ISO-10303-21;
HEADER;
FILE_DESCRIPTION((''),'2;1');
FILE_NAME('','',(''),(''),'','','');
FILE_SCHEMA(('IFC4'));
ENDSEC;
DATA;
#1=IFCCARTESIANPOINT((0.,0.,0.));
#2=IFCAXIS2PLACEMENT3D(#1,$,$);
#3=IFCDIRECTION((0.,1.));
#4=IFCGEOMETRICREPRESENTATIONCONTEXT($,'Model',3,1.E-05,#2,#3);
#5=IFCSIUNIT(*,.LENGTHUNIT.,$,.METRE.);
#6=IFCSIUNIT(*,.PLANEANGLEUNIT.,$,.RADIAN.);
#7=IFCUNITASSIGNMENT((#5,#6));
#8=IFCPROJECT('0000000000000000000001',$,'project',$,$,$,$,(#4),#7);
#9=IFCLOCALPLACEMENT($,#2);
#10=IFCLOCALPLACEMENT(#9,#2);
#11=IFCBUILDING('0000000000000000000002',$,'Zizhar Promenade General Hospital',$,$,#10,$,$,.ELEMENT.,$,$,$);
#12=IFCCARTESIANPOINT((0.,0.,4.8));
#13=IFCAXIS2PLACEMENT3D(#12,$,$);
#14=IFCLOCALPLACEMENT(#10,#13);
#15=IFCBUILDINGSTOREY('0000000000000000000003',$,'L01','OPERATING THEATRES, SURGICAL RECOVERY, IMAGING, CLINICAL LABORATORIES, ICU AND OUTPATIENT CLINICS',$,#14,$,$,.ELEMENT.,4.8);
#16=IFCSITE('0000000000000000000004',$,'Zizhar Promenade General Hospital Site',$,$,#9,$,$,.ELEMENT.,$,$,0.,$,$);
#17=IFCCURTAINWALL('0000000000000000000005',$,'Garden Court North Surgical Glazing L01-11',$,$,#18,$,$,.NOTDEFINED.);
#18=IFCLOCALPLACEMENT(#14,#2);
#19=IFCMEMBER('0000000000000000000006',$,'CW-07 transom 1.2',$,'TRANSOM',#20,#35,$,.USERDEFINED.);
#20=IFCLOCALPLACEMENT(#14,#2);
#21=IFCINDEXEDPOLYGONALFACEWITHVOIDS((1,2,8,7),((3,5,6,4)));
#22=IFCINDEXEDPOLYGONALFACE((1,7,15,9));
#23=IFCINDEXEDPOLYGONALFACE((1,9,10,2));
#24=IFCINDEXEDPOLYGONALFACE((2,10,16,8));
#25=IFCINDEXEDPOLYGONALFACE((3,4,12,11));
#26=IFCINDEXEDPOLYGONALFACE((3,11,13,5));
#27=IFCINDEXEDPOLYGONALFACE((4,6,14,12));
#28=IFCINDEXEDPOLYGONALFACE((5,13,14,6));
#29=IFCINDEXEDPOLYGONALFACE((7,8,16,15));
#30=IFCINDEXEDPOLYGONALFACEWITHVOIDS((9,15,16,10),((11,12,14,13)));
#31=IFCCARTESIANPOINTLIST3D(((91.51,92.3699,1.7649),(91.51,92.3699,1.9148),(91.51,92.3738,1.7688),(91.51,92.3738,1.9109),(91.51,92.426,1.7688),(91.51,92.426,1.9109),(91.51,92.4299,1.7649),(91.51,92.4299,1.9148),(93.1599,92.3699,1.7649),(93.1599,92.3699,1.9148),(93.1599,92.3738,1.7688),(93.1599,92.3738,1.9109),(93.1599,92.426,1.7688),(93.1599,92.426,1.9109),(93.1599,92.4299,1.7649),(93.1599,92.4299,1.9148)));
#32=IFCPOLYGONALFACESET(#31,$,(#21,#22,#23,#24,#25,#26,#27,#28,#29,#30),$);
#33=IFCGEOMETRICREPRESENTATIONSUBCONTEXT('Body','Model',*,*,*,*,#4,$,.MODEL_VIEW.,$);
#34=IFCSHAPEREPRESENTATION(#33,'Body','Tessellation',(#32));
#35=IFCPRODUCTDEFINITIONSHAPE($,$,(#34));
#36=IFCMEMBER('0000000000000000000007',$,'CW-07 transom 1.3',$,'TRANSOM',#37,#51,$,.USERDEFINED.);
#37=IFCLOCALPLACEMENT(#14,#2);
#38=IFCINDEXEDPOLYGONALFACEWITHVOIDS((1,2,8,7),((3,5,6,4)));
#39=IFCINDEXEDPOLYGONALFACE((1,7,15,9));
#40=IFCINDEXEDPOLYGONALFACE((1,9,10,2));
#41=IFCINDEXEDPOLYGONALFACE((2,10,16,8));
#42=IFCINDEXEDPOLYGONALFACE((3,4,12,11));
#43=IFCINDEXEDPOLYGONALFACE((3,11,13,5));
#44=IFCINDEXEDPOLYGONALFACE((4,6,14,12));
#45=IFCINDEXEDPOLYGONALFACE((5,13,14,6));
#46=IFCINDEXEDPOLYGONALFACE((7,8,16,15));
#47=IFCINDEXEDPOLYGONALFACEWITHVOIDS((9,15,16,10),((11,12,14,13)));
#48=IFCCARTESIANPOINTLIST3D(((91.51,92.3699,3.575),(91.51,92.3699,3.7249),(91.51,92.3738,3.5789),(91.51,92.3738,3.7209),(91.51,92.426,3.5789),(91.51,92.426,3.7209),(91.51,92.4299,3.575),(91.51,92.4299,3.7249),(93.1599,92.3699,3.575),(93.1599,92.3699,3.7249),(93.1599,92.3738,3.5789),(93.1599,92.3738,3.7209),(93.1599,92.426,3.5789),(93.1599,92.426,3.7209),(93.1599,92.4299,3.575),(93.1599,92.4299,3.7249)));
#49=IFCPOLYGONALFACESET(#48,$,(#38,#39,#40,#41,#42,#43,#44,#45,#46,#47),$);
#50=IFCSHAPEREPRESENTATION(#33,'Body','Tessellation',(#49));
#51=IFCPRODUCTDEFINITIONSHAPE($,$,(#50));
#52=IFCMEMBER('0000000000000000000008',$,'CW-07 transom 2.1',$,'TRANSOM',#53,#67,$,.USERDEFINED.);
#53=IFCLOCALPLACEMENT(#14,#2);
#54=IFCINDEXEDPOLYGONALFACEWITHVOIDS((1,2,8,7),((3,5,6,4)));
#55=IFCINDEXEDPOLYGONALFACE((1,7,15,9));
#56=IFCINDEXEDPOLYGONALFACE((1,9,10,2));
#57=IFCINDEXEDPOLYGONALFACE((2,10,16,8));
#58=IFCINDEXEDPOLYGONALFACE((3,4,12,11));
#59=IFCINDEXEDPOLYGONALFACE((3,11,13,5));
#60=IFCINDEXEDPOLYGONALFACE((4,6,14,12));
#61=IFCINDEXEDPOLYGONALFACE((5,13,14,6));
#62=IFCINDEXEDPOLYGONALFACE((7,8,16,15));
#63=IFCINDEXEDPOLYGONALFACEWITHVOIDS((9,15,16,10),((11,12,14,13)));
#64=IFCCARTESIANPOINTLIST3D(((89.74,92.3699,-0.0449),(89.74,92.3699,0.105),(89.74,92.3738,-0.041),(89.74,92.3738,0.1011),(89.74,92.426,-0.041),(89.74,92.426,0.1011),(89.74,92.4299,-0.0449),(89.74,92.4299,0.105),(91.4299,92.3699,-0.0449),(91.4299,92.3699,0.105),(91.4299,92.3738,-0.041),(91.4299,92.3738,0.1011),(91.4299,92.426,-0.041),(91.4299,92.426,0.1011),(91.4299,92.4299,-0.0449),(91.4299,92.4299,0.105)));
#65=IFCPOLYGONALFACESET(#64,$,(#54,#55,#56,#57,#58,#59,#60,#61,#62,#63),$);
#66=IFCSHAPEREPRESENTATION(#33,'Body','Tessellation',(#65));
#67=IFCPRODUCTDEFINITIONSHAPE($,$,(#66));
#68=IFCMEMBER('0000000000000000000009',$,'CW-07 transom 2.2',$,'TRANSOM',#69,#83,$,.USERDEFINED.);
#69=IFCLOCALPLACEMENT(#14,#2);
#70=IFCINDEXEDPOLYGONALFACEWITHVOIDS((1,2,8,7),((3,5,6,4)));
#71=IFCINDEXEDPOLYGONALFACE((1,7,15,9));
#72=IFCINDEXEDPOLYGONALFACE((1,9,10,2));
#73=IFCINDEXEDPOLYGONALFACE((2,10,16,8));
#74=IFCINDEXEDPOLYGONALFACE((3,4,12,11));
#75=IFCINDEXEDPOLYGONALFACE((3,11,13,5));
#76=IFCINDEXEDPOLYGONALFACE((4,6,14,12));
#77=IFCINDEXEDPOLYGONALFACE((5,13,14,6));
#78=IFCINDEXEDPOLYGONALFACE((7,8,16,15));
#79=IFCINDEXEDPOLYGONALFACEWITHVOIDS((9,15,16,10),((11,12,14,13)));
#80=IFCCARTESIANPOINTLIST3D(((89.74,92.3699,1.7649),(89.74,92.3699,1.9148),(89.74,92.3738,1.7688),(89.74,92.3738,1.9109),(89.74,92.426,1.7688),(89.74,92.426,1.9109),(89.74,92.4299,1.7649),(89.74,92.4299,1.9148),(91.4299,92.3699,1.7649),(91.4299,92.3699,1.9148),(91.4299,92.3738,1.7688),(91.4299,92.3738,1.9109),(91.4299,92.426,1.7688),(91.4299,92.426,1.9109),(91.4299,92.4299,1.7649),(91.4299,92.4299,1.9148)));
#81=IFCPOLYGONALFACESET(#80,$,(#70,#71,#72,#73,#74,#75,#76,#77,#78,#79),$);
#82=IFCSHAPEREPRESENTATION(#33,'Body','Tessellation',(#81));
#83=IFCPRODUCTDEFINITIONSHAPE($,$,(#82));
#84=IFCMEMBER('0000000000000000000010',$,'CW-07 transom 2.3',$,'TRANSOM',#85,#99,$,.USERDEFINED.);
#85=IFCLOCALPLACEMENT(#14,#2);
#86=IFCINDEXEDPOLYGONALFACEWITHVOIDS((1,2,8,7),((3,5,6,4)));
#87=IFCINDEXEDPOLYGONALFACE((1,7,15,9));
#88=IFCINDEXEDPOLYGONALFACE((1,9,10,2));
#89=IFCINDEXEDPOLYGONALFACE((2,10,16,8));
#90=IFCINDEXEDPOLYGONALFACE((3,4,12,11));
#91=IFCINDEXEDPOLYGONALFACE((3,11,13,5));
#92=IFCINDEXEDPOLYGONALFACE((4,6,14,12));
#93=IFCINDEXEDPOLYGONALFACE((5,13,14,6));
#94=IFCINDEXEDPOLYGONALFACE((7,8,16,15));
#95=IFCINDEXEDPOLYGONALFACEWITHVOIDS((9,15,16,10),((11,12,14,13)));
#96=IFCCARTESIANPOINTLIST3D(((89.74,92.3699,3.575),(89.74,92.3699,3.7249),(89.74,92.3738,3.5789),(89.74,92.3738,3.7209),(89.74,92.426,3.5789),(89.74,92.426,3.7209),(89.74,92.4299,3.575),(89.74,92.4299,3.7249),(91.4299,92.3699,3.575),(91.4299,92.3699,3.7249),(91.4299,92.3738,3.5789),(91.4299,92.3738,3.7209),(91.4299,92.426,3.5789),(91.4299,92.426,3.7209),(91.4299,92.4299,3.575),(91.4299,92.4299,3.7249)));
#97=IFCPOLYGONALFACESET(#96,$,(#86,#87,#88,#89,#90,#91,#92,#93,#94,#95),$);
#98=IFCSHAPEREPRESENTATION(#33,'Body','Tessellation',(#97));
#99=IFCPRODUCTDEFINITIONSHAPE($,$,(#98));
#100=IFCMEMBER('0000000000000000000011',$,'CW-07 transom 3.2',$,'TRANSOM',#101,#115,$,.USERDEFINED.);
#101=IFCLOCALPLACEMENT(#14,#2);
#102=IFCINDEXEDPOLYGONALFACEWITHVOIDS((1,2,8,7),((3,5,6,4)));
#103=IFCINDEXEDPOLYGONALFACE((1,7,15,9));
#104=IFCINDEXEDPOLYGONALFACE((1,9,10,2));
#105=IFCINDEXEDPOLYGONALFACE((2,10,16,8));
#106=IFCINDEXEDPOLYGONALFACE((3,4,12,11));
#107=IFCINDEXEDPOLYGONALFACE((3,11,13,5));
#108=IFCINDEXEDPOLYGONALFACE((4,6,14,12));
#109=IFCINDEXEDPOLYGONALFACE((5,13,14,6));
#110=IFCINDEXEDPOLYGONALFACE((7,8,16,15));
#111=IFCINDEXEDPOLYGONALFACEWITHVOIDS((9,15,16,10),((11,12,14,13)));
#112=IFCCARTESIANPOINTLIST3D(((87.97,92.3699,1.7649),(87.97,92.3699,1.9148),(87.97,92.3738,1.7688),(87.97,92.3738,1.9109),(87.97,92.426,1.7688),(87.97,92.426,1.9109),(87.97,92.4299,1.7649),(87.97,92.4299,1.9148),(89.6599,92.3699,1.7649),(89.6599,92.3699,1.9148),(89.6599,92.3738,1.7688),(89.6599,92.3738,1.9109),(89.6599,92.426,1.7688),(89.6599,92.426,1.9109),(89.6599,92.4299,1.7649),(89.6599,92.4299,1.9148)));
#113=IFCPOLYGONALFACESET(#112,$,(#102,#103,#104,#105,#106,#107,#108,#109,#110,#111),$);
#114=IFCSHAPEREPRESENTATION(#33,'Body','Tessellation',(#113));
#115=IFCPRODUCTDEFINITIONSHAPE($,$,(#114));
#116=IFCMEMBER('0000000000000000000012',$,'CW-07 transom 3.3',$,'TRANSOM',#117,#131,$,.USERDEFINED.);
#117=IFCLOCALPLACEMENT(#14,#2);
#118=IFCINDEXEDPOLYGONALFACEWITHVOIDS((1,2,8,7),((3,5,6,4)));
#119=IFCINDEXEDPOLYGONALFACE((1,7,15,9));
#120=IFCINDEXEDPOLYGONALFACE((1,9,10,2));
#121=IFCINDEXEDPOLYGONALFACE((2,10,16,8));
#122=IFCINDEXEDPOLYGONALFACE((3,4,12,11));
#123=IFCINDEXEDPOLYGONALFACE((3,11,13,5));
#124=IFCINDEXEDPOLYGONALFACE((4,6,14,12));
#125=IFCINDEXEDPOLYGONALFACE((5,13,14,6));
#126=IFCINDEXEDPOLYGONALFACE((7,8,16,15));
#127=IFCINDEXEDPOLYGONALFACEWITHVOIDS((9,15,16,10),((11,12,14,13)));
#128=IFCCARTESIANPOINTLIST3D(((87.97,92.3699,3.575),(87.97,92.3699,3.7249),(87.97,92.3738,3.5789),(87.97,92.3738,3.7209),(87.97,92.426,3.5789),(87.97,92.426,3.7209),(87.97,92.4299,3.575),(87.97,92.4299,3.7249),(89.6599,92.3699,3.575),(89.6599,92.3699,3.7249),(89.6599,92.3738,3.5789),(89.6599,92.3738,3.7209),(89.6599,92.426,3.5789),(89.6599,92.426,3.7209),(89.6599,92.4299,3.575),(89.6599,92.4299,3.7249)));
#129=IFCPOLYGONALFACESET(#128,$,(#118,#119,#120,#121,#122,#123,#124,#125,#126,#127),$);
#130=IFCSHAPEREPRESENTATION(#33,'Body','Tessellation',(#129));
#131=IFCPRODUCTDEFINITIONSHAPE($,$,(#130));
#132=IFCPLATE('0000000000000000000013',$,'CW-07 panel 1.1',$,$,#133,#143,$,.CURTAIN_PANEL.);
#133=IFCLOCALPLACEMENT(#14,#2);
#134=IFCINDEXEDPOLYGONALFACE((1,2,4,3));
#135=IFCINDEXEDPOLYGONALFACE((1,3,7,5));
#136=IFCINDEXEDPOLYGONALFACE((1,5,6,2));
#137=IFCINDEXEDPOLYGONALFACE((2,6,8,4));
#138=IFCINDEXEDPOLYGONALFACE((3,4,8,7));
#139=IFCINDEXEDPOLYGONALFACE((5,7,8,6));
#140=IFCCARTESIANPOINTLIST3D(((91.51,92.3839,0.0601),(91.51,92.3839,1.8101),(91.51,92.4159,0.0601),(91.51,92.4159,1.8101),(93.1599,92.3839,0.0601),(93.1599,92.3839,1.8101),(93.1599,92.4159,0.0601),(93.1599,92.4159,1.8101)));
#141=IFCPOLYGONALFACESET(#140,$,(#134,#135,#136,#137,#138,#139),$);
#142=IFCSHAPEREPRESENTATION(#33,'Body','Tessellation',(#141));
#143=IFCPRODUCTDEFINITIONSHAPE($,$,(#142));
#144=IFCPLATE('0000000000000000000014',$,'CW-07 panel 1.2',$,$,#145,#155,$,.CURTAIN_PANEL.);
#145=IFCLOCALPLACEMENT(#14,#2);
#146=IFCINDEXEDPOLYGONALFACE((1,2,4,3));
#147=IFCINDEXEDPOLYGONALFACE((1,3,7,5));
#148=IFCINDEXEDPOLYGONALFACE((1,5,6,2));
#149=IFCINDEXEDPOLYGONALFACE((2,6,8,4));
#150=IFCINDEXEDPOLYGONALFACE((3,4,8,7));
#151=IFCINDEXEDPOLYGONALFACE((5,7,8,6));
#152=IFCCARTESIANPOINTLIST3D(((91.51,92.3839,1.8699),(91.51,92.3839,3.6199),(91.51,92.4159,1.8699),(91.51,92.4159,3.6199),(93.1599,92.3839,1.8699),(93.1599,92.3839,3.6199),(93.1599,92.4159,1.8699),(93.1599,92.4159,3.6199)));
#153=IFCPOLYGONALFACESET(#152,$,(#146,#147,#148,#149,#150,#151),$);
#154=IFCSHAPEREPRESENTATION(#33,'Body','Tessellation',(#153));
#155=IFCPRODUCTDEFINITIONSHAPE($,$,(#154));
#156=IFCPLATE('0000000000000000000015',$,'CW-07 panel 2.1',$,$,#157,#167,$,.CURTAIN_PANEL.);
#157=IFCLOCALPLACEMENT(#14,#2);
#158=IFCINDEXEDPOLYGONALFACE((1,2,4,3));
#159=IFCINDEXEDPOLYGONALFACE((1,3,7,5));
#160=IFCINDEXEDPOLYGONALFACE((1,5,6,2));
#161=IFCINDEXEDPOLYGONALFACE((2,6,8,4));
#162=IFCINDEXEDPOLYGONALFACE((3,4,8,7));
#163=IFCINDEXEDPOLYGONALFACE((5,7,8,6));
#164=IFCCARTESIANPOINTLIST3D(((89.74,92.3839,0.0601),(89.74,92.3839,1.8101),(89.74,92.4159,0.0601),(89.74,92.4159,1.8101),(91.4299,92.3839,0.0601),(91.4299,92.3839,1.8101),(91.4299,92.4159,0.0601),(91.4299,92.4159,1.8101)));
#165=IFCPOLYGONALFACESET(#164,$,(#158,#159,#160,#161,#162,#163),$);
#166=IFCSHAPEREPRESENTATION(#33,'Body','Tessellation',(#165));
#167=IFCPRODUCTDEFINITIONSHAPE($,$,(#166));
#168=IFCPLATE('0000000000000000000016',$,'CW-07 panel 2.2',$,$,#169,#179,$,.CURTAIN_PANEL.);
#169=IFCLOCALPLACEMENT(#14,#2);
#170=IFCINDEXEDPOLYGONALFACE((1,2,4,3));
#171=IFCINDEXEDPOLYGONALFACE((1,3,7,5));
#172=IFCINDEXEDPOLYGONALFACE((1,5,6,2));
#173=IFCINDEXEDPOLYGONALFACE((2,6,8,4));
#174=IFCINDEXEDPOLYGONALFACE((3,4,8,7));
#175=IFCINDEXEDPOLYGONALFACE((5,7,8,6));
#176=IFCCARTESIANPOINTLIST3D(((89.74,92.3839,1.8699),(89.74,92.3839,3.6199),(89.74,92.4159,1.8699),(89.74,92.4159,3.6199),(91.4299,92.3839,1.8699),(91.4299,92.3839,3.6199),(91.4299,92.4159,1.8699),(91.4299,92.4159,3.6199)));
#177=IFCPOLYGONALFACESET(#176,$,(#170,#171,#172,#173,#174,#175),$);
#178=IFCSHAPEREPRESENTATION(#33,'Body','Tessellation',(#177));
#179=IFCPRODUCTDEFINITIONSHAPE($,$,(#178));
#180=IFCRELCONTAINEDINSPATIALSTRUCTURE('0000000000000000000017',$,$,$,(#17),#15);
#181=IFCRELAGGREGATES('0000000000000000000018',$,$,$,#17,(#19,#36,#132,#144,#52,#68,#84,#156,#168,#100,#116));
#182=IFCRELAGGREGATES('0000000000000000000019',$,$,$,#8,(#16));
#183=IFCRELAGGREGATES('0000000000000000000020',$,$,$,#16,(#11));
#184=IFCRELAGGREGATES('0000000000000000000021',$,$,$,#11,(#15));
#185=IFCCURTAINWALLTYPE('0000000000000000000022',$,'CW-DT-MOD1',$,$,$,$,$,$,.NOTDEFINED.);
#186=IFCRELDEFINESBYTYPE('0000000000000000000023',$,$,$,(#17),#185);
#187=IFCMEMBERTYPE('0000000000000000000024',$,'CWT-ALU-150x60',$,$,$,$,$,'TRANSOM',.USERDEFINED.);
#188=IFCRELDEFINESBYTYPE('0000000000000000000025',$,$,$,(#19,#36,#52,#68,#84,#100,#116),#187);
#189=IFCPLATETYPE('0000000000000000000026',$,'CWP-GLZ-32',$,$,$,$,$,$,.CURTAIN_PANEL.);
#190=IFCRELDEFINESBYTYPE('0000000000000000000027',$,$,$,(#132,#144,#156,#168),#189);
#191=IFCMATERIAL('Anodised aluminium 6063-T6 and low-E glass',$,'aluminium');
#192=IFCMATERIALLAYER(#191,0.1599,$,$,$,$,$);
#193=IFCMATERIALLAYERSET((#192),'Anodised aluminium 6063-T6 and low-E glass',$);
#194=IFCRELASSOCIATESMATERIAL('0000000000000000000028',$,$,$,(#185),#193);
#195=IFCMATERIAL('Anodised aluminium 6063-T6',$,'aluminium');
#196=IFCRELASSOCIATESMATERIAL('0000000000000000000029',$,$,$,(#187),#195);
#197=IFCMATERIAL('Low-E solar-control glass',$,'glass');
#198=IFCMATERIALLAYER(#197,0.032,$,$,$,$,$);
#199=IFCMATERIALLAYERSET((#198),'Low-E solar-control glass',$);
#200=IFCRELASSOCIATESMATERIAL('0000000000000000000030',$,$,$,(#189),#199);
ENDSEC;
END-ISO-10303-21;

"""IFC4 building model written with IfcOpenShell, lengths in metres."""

from ifc_helpers import new_model, si_unit, direction, frame, origin, origin_2d, place, context, subcontext, project, spatial, rectangle, hollow_rectangle, extrude, material, layer, layer_set, material_profile, profile_set, type_object, element, aggregate, save


model = new_model("IFC4")

# Units and contexts
model_context = context("Model", 3, precision=1e-05, world=origin(), true_north=direction((0.0, 1.0)))
body_context = subcontext(model_context, "Body", "Model", "MODEL_VIEW")
ifc_project = project(units=[si_unit("LENGTHUNIT", "METRE"), si_unit("PLANEANGLEUNIT", "RADIAN")], contexts=[model_context])

# Site, building, storey
site_placement = place(None, origin())
site = spatial("IfcSite", under=ifc_project, at=site_placement, Name="Zizhar Promenade General Hospital Site", CompositionType="ELEMENT", RefElevation=0.0)
building_placement = place(site_placement, origin())
building = spatial("IfcBuilding", under=site, at=building_placement, Name="Zizhar Promenade General Hospital", CompositionType="ELEMENT")
storey_placement = place(building_placement, frame((0.0, 0.0, 4.8)))
storey = spatial("IfcBuildingStorey", under=building, at=storey_placement, Name="L01", Description="OPERATING THEATRES, SURGICAL RECOVERY, IMAGING, CLINICAL LABORATORIES, ICU AND OUTPATIENT CLINICS", CompositionType="ELEMENT", Elevation=4.8)

# Curtain wall, members, plates
ifc_material_1 = material(Name="Anodised aluminium 6063-T6 and low-E glass", Category="aluminium")
ifc_layer_1 = layer(ifc_material_1, 0.1599)
ifc_layer_set_1 = layer_set([ifc_layer_1], Name="Anodised aluminium 6063-T6 and low-E glass")
curtain_wall_type = type_object("IfcCurtainWallType", Name="CW-DT-MOD1", PredefinedType="NOTDEFINED", material=ifc_layer_set_1)
curtain_wall_placement = place(storey_placement, origin())
curtain_wall = element("IfcCurtainWall", 1, at=curtain_wall_placement, inside=storey, type_object=curtain_wall_type, Name="Garden Court North Surgical Glazing L01-11", PredefinedType="NOTDEFINED")
ifc_material_2 = material(Name="Anodised aluminium 6063-T6", Category="aluminium")
ifc_material_profile_1 = material_profile(ifc_material_2, hollow_rectangle(XDim=0.0601, YDim=0.1499, WallThickness=0.0039, at=origin_2d()))
ifc_profile_set_1 = profile_set([ifc_material_profile_1], Name="Anodised aluminium 6063-T6")
member_type_1 = type_object("IfcMemberType", Name="CWT-ALU-150x60", ElementType="TRANSOM", PredefinedType="USERDEFINED", material=ifc_profile_set_1)
member_1_placement = place(storey_placement, frame((93.1599, 92.3999, 1.8398), z_axis=(-1.0, 0.0, 0.0), x_axis=(0.0, -1.0, 0.0)))
member_1 = element("IfcMember", 2, at=member_1_placement, type_object=member_type_1, Name="CW-07 transom 1.2", ObjectType="TRANSOM", PredefinedType="USERDEFINED", context=body_context, shape_type="SweptSolid", body=[
    extrude(hollow_rectangle(XDim=0.0601, YDim=0.1499, WallThickness=0.0039, at=origin_2d()), origin(), (0.0, 0.0, 1.0), 1.6499),
])
member_2_placement = place(storey_placement, frame((93.1599, 92.3999, 3.6499), z_axis=(-1.0, 0.0, 0.0), x_axis=(0.0, -1.0, 0.0)))
member_2 = element("IfcMember", 3, at=member_2_placement, type_object=member_type_1, Name="CW-07 transom 1.3", ObjectType="TRANSOM", PredefinedType="USERDEFINED", context=body_context, shape_type="SweptSolid", body=[
    extrude(hollow_rectangle(XDim=0.0601, YDim=0.1499, WallThickness=0.0039, at=origin_2d()), origin(), (0.0, 0.0, 1.0), 1.6499),
])
member_3_placement = place(storey_placement, frame((91.4299, 92.3999, 0.03), z_axis=(-1.0, 0.0, 0.0), x_axis=(0.0, -1.0, 0.0)))
member_3 = element("IfcMember", 4, at=member_3_placement, type_object=member_type_1, Name="CW-07 transom 2.1", ObjectType="TRANSOM", PredefinedType="USERDEFINED", context=body_context, shape_type="SweptSolid", body=[
    extrude(hollow_rectangle(XDim=0.0601, YDim=0.1499, WallThickness=0.0039, at=origin_2d()), origin(), (0.0, 0.0, 1.0), 1.6899),
])
member_4_placement = place(storey_placement, frame((91.4299, 92.3999, 1.8398), z_axis=(-1.0, 0.0, 0.0), x_axis=(0.0, -1.0, 0.0)))
member_4 = element("IfcMember", 5, at=member_4_placement, type_object=member_type_1, Name="CW-07 transom 2.2", ObjectType="TRANSOM", PredefinedType="USERDEFINED", context=body_context, shape_type="SweptSolid", body=[
    extrude(hollow_rectangle(XDim=0.0601, YDim=0.1499, WallThickness=0.0039, at=origin_2d()), origin(), (0.0, 0.0, 1.0), 1.6899),
])
member_5_placement = place(storey_placement, frame((91.4299, 92.3999, 3.6499), z_axis=(-1.0, 0.0, 0.0), x_axis=(0.0, -1.0, 0.0)))
member_5 = element("IfcMember", 6, at=member_5_placement, type_object=member_type_1, Name="CW-07 transom 2.3", ObjectType="TRANSOM", PredefinedType="USERDEFINED", context=body_context, shape_type="SweptSolid", body=[
    extrude(hollow_rectangle(XDim=0.0601, YDim=0.1499, WallThickness=0.0039, at=origin_2d()), origin(), (0.0, 0.0, 1.0), 1.6899),
])
member_6_placement = place(storey_placement, frame((89.6599, 92.3999, 1.8398), z_axis=(-1.0, 0.0, 0.0), x_axis=(0.0, -1.0, 0.0)))
member_6 = element("IfcMember", 7, at=member_6_placement, type_object=member_type_1, Name="CW-07 transom 3.2", ObjectType="TRANSOM", PredefinedType="USERDEFINED", context=body_context, shape_type="SweptSolid", body=[
    extrude(hollow_rectangle(XDim=0.0601, YDim=0.1499, WallThickness=0.0039, at=origin_2d()), origin(), (0.0, 0.0, 1.0), 1.6899),
])
member_7_placement = place(storey_placement, frame((89.6599, 92.3999, 3.6499), z_axis=(-1.0, 0.0, 0.0), x_axis=(0.0, -1.0, 0.0)))
member_7 = element("IfcMember", 8, at=member_7_placement, type_object=member_type_1, Name="CW-07 transom 3.3", ObjectType="TRANSOM", PredefinedType="USERDEFINED", context=body_context, shape_type="SweptSolid", body=[
    extrude(hollow_rectangle(XDim=0.0601, YDim=0.1499, WallThickness=0.0039, at=origin_2d()), origin(), (0.0, 0.0, 1.0), 1.6899),
])
ifc_material_3 = material(Name="Low-E solar-control glass", Category="glass")
ifc_layer_2 = layer(ifc_material_3, 0.032)
ifc_layer_set_2 = layer_set([ifc_layer_2], Name="Low-E solar-control glass")
plate_type = type_object("IfcPlateType", Name="CWP-GLZ-32", PredefinedType="CURTAIN_PANEL", material=ifc_layer_set_2)
plate_1_placement = place(storey_placement, frame((92.335, 92.3999, 0.0601), z_axis=(0.0, 0.0, 1.0), x_axis=(-1.0, 0.0, 0.0)))
plate_1 = element("IfcPlate", 9, at=plate_1_placement, type_object=plate_type, Name="CW-07 panel 1.1", PredefinedType="CURTAIN_PANEL", context=body_context, shape_type="SweptSolid", body=[
    extrude(rectangle(XDim=1.6499, YDim=0.032, at=origin_2d()), origin(), (0.0, 0.0, 1.0), 1.75),
])
plate_2_placement = place(storey_placement, frame((92.335, 92.3999, 1.8699), z_axis=(0.0, 0.0, 1.0), x_axis=(-1.0, 0.0, 0.0)))
plate_2 = element("IfcPlate", 10, at=plate_2_placement, type_object=plate_type, Name="CW-07 panel 1.2", PredefinedType="CURTAIN_PANEL", context=body_context, shape_type="SweptSolid", body=[
    extrude(rectangle(XDim=1.6499, YDim=0.032, at=origin_2d()), origin(), (0.0, 0.0, 1.0), 1.75),
])
plate_3_placement = place(storey_placement, frame((90.585, 92.3999, 0.0601), z_axis=(0.0, 0.0, 1.0), x_axis=(-1.0, 0.0, 0.0)))
plate_3 = element("IfcPlate", 11, at=plate_3_placement, type_object=plate_type, Name="CW-07 panel 2.1", PredefinedType="CURTAIN_PANEL", context=body_context, shape_type="SweptSolid", body=[
    extrude(rectangle(XDim=1.6899, YDim=0.032, at=origin_2d()), origin(), (0.0, 0.0, 1.0), 1.75),
])
plate_4_placement = place(storey_placement, frame((90.585, 92.3999, 1.8699), z_axis=(0.0, 0.0, 1.0), x_axis=(-1.0, 0.0, 0.0)))
plate_4 = element("IfcPlate", 12, at=plate_4_placement, type_object=plate_type, Name="CW-07 panel 2.2", PredefinedType="CURTAIN_PANEL", context=body_context, shape_type="SweptSolid", body=[
    extrude(rectangle(XDim=1.6899, YDim=0.032, at=origin_2d()), origin(), (0.0, 0.0, 1.0), 1.75),
])
aggregate(curtain_wall, [member_1, member_2, plate_1, plate_2, member_3, member_4, member_5, plate_3, plate_4, member_6, member_7])

save(model, "model.ifc")
